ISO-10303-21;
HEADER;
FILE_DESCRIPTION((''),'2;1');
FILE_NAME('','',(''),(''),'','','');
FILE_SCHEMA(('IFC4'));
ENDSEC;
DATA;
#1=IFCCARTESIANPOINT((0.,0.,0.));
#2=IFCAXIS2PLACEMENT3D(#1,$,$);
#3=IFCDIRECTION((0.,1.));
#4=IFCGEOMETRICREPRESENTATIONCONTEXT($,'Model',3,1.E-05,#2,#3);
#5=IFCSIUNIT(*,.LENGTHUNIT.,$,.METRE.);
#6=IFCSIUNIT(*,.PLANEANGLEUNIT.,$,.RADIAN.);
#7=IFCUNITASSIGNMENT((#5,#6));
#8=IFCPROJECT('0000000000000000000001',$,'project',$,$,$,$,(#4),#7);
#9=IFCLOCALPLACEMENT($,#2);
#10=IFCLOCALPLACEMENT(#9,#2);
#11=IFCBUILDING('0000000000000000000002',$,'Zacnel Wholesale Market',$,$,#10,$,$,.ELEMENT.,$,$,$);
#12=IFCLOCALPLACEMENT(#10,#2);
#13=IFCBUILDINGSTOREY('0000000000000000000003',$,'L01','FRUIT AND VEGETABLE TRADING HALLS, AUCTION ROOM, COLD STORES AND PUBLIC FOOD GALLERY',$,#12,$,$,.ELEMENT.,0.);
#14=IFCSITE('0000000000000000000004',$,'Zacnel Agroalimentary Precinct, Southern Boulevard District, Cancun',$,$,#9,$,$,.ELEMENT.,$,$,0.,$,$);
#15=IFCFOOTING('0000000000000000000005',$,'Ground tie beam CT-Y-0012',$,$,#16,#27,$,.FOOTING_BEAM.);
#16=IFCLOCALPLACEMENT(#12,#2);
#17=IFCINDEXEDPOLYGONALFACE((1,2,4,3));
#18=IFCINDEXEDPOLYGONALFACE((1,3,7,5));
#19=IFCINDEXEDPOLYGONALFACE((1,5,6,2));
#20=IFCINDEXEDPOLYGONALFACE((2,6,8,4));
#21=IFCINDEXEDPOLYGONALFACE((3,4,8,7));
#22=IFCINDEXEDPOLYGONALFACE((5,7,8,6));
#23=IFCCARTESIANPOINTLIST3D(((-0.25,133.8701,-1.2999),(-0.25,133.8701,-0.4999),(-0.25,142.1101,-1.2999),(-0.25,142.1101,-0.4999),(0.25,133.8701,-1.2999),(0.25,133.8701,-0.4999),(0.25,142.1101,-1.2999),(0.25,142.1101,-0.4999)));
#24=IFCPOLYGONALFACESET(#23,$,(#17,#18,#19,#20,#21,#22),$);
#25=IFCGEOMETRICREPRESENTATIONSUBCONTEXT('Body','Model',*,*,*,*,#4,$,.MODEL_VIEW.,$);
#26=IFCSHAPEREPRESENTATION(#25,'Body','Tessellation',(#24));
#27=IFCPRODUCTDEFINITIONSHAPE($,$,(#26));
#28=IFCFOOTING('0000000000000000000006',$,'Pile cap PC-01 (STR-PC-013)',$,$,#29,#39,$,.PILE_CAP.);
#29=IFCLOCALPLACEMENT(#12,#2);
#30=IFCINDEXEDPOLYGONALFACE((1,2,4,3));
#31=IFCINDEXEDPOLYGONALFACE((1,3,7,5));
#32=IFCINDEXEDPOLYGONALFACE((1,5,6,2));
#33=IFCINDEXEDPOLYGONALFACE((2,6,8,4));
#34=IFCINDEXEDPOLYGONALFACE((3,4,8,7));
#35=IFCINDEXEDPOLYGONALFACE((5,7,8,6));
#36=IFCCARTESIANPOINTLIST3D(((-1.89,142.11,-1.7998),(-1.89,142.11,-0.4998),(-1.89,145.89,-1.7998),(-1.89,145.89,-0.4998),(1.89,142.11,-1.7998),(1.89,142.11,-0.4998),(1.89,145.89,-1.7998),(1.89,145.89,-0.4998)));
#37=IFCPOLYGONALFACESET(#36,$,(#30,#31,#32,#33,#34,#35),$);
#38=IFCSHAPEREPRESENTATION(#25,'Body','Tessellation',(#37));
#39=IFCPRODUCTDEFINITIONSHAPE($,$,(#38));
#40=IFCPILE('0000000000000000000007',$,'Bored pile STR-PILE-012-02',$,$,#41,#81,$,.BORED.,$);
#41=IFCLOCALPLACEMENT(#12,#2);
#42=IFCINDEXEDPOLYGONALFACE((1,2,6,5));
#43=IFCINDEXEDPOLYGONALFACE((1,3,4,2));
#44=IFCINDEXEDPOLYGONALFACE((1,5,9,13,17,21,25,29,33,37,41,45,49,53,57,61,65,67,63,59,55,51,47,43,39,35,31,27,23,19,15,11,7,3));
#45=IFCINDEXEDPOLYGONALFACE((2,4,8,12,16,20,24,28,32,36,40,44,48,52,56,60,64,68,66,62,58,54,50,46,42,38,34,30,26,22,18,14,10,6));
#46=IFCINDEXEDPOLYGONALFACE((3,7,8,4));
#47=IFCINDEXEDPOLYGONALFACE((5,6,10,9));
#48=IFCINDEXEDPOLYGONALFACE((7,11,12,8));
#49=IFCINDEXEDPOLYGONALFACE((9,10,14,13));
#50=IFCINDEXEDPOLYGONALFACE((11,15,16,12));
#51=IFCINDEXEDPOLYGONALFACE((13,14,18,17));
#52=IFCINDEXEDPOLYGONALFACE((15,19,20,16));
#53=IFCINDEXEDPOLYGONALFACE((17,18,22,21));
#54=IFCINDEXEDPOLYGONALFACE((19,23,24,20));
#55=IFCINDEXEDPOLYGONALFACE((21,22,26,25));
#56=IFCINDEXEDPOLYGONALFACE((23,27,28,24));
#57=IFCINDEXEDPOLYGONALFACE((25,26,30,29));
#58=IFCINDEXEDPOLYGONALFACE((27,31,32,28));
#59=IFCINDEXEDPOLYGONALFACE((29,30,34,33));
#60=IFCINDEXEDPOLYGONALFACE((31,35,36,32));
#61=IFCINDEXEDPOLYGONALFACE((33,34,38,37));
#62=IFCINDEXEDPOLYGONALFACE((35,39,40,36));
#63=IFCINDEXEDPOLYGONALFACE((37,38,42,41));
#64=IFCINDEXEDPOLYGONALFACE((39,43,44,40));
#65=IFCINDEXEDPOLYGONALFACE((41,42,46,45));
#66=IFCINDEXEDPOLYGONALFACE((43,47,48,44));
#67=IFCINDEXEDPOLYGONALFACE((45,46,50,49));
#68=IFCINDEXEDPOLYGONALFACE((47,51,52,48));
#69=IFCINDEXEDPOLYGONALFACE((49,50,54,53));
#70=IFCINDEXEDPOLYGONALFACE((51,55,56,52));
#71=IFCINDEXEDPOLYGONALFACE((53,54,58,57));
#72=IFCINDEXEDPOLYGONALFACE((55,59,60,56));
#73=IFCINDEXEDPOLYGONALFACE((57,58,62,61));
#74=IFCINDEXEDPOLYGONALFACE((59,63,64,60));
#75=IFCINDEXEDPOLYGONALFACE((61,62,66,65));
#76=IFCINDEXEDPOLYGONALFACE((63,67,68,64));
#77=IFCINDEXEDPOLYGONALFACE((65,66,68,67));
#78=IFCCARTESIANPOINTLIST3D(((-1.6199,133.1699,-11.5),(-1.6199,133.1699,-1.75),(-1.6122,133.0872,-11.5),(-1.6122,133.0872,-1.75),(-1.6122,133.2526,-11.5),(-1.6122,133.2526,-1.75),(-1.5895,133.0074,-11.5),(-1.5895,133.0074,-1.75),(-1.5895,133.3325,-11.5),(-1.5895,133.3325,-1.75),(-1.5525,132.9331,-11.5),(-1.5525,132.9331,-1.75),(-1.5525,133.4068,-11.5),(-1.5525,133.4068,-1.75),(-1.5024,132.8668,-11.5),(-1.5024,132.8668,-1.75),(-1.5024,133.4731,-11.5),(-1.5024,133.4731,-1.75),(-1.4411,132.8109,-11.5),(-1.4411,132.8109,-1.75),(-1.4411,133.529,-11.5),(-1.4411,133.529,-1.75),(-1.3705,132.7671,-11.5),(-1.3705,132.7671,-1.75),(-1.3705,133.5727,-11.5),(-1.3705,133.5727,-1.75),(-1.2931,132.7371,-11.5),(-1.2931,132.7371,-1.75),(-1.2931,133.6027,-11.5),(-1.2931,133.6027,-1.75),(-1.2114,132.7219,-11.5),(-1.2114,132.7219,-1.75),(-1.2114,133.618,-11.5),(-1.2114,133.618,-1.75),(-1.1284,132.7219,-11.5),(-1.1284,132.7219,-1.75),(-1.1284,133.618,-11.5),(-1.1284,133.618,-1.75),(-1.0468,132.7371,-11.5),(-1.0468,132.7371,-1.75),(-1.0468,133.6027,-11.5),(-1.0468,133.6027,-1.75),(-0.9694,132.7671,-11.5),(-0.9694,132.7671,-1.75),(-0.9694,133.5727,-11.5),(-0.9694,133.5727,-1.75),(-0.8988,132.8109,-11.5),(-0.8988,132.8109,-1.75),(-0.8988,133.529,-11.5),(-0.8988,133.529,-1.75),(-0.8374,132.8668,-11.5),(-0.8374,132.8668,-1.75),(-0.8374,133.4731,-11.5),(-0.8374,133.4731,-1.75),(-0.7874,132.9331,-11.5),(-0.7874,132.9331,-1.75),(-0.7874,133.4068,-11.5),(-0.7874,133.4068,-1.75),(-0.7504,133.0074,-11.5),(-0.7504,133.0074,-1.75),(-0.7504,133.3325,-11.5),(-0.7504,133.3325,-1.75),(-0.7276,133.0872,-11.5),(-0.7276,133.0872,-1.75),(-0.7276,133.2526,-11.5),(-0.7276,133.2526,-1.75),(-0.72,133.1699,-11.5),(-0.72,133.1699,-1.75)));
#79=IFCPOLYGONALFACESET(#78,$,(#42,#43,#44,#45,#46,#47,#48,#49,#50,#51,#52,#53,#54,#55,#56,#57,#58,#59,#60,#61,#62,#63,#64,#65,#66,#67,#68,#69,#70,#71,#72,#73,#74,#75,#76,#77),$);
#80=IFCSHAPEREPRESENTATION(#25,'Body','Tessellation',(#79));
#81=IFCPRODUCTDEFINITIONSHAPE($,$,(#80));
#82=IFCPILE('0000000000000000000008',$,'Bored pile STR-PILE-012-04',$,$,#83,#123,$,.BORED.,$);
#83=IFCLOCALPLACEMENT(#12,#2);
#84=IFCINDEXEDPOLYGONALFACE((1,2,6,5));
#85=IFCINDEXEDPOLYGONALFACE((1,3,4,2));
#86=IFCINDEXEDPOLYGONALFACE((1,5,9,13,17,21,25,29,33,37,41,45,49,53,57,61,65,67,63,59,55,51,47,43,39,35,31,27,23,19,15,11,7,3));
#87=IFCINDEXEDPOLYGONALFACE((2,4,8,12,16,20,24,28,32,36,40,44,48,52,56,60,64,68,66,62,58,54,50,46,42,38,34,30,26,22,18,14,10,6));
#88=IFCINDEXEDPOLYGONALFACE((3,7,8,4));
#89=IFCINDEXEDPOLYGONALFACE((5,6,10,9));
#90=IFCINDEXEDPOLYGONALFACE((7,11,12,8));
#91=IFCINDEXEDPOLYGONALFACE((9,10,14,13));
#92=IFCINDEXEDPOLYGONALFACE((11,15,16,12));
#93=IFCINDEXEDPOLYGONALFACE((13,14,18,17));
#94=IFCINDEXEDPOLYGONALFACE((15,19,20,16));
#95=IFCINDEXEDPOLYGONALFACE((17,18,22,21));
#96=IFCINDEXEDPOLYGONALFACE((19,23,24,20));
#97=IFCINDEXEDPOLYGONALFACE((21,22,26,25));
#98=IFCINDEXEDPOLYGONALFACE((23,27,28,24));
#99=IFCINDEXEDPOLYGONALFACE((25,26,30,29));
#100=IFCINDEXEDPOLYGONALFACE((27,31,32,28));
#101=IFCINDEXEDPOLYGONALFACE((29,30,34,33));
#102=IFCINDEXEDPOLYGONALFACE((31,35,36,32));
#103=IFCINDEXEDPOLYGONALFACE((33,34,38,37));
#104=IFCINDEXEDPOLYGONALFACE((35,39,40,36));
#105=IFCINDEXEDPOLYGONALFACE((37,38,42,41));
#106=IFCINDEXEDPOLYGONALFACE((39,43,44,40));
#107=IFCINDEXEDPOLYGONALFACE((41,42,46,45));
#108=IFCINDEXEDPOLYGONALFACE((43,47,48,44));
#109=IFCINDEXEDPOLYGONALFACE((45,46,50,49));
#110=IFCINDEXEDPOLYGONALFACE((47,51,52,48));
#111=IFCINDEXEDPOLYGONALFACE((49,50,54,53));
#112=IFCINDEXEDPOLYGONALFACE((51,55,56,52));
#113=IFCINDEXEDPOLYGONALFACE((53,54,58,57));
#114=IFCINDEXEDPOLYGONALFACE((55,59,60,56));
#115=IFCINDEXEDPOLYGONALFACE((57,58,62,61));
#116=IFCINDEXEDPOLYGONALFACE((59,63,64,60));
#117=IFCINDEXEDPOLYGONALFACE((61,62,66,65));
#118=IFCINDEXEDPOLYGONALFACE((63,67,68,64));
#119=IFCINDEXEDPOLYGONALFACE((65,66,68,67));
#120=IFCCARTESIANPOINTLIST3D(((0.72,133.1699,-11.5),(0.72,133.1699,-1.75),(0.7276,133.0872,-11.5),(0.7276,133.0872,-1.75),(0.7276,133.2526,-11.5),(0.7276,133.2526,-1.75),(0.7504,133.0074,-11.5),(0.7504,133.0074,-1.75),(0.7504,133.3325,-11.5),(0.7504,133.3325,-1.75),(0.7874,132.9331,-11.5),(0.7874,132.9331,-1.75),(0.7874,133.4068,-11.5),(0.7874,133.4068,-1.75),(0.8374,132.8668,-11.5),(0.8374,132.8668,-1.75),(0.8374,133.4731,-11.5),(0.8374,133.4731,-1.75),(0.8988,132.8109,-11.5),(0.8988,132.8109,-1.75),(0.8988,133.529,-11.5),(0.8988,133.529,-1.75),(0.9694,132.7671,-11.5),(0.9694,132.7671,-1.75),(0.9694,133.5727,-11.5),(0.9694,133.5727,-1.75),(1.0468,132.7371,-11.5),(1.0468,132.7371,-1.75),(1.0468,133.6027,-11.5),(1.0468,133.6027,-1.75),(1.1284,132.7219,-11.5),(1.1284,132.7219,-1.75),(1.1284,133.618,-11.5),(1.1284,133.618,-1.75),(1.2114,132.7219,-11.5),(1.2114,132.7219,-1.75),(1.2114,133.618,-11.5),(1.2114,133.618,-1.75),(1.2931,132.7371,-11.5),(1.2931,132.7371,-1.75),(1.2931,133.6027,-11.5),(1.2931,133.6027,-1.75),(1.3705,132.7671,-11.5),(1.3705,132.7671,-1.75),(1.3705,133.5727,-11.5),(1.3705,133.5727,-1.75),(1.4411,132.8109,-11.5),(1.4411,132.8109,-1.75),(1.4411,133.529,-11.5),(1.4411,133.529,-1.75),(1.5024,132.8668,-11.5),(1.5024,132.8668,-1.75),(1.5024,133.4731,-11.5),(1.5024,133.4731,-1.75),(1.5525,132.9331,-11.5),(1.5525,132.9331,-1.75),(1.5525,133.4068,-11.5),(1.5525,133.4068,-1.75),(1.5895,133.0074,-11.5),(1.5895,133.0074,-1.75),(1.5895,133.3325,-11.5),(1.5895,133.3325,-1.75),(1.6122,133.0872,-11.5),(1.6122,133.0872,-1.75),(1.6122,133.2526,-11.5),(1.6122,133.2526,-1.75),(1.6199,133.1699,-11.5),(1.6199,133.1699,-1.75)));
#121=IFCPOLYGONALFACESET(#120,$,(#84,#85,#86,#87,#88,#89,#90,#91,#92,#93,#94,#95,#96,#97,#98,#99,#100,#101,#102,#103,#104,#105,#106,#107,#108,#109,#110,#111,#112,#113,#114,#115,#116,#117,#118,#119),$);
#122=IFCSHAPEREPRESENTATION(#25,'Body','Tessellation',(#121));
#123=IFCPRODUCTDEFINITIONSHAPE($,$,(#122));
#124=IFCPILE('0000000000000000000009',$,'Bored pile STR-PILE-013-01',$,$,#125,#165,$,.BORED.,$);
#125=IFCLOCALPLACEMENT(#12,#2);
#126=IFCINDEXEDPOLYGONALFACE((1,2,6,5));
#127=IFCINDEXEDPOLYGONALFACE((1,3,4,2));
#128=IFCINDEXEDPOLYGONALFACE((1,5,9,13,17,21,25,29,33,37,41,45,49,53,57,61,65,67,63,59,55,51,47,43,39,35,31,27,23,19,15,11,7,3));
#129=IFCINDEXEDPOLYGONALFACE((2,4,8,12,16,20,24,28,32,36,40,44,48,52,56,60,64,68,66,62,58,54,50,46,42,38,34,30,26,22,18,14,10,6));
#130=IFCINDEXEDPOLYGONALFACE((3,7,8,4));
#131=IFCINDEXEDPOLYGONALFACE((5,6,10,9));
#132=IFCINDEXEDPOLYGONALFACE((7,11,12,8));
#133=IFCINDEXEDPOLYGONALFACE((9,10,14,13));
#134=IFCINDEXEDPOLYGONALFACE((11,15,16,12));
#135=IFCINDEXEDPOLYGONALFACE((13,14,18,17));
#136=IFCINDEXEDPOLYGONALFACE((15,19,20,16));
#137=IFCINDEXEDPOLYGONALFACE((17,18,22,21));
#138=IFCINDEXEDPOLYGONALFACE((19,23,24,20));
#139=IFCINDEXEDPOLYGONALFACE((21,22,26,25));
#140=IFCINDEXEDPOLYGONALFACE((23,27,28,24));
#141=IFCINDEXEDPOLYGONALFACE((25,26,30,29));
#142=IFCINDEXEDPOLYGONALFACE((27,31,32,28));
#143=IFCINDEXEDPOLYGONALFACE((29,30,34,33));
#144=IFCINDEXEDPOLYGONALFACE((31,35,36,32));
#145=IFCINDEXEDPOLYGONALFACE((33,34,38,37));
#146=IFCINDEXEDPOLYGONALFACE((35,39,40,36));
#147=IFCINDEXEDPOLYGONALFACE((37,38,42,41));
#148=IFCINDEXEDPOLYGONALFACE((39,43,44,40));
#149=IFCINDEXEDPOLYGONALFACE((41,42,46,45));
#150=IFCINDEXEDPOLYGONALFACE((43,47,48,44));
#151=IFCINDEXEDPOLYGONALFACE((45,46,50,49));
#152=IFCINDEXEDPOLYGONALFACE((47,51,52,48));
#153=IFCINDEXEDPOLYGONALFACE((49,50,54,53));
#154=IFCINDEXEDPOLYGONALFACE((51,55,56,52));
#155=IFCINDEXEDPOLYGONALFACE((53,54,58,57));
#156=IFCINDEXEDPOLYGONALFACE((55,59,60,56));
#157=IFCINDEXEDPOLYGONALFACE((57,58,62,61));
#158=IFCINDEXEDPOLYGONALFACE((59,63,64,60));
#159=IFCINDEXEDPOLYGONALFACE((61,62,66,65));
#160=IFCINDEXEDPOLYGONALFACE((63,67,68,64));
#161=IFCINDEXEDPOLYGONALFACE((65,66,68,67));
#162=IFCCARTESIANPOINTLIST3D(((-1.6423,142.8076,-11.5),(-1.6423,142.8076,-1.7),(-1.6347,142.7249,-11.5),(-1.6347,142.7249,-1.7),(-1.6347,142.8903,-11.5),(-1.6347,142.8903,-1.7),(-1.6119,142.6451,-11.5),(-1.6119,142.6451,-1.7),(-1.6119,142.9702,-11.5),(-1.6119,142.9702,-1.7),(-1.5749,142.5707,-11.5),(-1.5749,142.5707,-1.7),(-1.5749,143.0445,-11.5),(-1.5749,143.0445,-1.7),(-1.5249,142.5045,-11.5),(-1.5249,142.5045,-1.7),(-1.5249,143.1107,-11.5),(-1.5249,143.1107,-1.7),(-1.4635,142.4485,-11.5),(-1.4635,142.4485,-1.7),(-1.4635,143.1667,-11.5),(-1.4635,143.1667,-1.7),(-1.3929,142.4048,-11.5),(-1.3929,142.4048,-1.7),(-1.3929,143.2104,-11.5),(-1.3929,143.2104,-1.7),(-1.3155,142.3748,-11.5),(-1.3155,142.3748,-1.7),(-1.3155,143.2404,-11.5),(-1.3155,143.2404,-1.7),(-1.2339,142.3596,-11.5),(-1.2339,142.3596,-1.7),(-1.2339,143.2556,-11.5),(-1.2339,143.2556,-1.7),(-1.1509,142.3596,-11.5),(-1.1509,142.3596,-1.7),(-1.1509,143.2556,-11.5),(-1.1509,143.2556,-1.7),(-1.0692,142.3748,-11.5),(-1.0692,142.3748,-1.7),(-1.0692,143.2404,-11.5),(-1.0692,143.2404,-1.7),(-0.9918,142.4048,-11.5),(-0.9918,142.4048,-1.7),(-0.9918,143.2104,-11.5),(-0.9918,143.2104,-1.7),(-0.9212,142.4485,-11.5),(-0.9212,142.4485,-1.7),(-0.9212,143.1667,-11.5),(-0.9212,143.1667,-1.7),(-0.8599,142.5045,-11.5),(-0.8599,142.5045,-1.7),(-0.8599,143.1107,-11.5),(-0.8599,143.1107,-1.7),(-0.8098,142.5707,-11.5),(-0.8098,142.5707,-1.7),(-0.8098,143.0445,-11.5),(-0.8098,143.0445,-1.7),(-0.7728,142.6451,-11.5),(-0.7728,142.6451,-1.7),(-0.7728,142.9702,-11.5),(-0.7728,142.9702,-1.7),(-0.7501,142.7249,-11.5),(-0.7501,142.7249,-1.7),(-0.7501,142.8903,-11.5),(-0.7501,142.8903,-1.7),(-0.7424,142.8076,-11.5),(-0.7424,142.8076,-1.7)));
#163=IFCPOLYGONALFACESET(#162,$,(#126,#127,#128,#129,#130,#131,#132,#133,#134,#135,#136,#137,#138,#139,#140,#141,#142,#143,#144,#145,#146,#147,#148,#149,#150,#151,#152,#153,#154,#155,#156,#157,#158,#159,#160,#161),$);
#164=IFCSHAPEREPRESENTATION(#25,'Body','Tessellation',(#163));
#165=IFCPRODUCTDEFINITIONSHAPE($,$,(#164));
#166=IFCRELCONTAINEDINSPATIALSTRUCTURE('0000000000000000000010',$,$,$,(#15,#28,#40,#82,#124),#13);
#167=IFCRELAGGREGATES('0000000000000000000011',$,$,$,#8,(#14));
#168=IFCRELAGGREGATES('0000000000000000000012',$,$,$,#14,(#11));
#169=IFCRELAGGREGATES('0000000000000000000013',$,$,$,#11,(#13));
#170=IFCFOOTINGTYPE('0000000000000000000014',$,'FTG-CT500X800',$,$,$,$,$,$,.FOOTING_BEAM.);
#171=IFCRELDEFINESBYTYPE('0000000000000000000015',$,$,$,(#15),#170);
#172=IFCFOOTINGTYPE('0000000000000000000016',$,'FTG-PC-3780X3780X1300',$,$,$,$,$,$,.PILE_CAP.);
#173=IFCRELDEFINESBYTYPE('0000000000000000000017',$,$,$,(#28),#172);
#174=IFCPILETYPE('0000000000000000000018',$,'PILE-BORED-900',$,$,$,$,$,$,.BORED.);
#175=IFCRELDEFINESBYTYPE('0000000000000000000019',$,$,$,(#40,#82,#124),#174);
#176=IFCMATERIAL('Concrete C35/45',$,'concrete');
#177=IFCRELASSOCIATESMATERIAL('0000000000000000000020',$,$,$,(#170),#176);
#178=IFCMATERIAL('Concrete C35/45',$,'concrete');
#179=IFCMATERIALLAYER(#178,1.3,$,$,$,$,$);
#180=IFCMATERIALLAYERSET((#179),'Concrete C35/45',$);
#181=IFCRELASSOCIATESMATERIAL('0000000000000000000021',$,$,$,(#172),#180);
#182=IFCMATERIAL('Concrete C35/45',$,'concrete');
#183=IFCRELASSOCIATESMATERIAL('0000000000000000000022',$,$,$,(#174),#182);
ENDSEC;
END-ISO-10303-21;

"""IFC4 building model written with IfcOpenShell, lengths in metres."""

from ifc_helpers import new_model, si_unit, direction, frame, origin, origin_2d, place, context, subcontext, project, spatial, rectangle, circle, extrude, material, layer, layer_set, material_profile, profile_set, type_object, element, save


model = new_model("IFC4")

# Units and contexts
model_context = context("Model", 3, precision=1e-05, world=origin(), true_north=direction((0.0, 1.0)))
body_context = subcontext(model_context, "Body", "Model", "MODEL_VIEW")
ifc_project = project(units=[si_unit("LENGTHUNIT", "METRE"), si_unit("PLANEANGLEUNIT", "RADIAN")], contexts=[model_context])

# Site, building, storey
site_placement = place(None, origin())
site = spatial("IfcSite", under=ifc_project, at=site_placement, Name="Zacnel Agroalimentary Precinct, Southern Boulevard District, Cancun", CompositionType="ELEMENT", RefElevation=0.0)
building_placement = place(site_placement, origin())
building = spatial("IfcBuilding", under=site, at=building_placement, Name="Zacnel Wholesale Market", CompositionType="ELEMENT")
storey_placement = place(building_placement, origin())
storey = spatial("IfcBuildingStorey", under=building, at=storey_placement, Name="L01", Description="FRUIT AND VEGETABLE TRADING HALLS, AUCTION ROOM, COLD STORES AND PUBLIC FOOD GALLERY", CompositionType="ELEMENT", Elevation=0.0)

# Footings
ifc_material_1 = material(Name="Concrete C35/45", Category="concrete")
ifc_material_profile_1 = material_profile(ifc_material_1, rectangle(XDim=0.5, YDim=0.8, at=origin_2d()), Name="CT 500x800")
ifc_profile_set_1 = profile_set([ifc_material_profile_1], Name="Concrete C35/45")
footing_type_1 = type_object("IfcFootingType", Name="FTG-CT500X800", PredefinedType="FOOTING_BEAM", material=ifc_profile_set_1)
footing_1_placement = place(storey_placement, frame((0.0, 133.8701, -0.8999), z_axis=(0.0, 1.0, 0.0), x_axis=(-1.0, 0.0, 0.0)))
element("IfcFooting", 1, at=footing_1_placement, inside=storey, type_object=footing_type_1, Name="Ground tie beam CT-Y-0012", PredefinedType="FOOTING_BEAM", context=body_context, shape_type="SweptSolid", body=[
    extrude(rectangle(XDim=0.5, YDim=0.8, at=origin_2d()), origin(), (0.0, 0.0, 1.0), 8.24),
])
ifc_material_2 = material(Name="Concrete C35/45", Category="concrete")
ifc_layer_1 = layer(ifc_material_2, 1.3)
ifc_layer_set_1 = layer_set([ifc_layer_1], Name="Concrete C35/45")
footing_type_2 = type_object("IfcFootingType", Name="FTG-PC-3780X3780X1300", PredefinedType="PILE_CAP", material=ifc_layer_set_1)
footing_2_placement = place(storey_placement, frame((0.0, 144.0, -1.7998), z_axis=(0.0, 0.0, 1.0), x_axis=(1.0, 0.0, 0.0)))
element("IfcFooting", 2, at=footing_2_placement, inside=storey, type_object=footing_type_2, Name="Pile cap PC-01 (STR-PC-013)", PredefinedType="PILE_CAP", context=body_context, shape_type="SweptSolid", body=[
    extrude(rectangle(XDim=3.78, YDim=3.78, at=origin_2d()), origin(), (0.0, 0.0, 1.0), 1.3),
])

# Piles
ifc_material_3 = material(Name="Concrete C35/45", Category="concrete")
ifc_material_profile_2 = material_profile(ifc_material_3, circle(Radius=0.45, at=origin_2d()), Name="BORED PILE D900")
ifc_profile_set_2 = profile_set([ifc_material_profile_2], Name="Concrete C35/45")
pile_type = type_object("IfcPileType", Name="PILE-BORED-900", PredefinedType="BORED", material=ifc_profile_set_2)
for number, where, z_axis, x_axis, name in (
    (3, (-1.1699, 133.1699, -1.75), (0.0, 0.0, -1.0), (1.0, 0.0, 0.0), "Bored pile STR-PILE-012-02"),
    (4, (1.1699, 133.1699, -1.75), (0.0, 0.0, -1.0), (1.0, 0.0, 0.0), "Bored pile STR-PILE-012-04"),
):
    element("IfcPile", number, at=place(storey_placement, frame(where, z_axis=z_axis, x_axis=x_axis)), inside=storey, type_object=pile_type, Name=name, PredefinedType="BORED", context=body_context, shape_type="SweptSolid", body=[
        extrude(circle(Radius=0.45, at=origin_2d()), origin(), (0.0, 0.0, 1.0), 9.75),
    ])
for number, where, z_axis, x_axis, name in (
    (5, (-1.1924, 142.8076, -1.7), (0.0, 0.0, -1.0), (1.0, 0.0, 0.0), "Bored pile STR-PILE-013-01"),
):
    element("IfcPile", number, at=place(storey_placement, frame(where, z_axis=z_axis, x_axis=x_axis)), inside=storey, type_object=pile_type, Name=name, PredefinedType="BORED", context=body_context, shape_type="SweptSolid", body=[
        extrude(circle(Radius=0.45, at=origin_2d()), origin(), (0.0, 0.0, 1.0), 9.8),
    ])

save(model, "model.ifc")
